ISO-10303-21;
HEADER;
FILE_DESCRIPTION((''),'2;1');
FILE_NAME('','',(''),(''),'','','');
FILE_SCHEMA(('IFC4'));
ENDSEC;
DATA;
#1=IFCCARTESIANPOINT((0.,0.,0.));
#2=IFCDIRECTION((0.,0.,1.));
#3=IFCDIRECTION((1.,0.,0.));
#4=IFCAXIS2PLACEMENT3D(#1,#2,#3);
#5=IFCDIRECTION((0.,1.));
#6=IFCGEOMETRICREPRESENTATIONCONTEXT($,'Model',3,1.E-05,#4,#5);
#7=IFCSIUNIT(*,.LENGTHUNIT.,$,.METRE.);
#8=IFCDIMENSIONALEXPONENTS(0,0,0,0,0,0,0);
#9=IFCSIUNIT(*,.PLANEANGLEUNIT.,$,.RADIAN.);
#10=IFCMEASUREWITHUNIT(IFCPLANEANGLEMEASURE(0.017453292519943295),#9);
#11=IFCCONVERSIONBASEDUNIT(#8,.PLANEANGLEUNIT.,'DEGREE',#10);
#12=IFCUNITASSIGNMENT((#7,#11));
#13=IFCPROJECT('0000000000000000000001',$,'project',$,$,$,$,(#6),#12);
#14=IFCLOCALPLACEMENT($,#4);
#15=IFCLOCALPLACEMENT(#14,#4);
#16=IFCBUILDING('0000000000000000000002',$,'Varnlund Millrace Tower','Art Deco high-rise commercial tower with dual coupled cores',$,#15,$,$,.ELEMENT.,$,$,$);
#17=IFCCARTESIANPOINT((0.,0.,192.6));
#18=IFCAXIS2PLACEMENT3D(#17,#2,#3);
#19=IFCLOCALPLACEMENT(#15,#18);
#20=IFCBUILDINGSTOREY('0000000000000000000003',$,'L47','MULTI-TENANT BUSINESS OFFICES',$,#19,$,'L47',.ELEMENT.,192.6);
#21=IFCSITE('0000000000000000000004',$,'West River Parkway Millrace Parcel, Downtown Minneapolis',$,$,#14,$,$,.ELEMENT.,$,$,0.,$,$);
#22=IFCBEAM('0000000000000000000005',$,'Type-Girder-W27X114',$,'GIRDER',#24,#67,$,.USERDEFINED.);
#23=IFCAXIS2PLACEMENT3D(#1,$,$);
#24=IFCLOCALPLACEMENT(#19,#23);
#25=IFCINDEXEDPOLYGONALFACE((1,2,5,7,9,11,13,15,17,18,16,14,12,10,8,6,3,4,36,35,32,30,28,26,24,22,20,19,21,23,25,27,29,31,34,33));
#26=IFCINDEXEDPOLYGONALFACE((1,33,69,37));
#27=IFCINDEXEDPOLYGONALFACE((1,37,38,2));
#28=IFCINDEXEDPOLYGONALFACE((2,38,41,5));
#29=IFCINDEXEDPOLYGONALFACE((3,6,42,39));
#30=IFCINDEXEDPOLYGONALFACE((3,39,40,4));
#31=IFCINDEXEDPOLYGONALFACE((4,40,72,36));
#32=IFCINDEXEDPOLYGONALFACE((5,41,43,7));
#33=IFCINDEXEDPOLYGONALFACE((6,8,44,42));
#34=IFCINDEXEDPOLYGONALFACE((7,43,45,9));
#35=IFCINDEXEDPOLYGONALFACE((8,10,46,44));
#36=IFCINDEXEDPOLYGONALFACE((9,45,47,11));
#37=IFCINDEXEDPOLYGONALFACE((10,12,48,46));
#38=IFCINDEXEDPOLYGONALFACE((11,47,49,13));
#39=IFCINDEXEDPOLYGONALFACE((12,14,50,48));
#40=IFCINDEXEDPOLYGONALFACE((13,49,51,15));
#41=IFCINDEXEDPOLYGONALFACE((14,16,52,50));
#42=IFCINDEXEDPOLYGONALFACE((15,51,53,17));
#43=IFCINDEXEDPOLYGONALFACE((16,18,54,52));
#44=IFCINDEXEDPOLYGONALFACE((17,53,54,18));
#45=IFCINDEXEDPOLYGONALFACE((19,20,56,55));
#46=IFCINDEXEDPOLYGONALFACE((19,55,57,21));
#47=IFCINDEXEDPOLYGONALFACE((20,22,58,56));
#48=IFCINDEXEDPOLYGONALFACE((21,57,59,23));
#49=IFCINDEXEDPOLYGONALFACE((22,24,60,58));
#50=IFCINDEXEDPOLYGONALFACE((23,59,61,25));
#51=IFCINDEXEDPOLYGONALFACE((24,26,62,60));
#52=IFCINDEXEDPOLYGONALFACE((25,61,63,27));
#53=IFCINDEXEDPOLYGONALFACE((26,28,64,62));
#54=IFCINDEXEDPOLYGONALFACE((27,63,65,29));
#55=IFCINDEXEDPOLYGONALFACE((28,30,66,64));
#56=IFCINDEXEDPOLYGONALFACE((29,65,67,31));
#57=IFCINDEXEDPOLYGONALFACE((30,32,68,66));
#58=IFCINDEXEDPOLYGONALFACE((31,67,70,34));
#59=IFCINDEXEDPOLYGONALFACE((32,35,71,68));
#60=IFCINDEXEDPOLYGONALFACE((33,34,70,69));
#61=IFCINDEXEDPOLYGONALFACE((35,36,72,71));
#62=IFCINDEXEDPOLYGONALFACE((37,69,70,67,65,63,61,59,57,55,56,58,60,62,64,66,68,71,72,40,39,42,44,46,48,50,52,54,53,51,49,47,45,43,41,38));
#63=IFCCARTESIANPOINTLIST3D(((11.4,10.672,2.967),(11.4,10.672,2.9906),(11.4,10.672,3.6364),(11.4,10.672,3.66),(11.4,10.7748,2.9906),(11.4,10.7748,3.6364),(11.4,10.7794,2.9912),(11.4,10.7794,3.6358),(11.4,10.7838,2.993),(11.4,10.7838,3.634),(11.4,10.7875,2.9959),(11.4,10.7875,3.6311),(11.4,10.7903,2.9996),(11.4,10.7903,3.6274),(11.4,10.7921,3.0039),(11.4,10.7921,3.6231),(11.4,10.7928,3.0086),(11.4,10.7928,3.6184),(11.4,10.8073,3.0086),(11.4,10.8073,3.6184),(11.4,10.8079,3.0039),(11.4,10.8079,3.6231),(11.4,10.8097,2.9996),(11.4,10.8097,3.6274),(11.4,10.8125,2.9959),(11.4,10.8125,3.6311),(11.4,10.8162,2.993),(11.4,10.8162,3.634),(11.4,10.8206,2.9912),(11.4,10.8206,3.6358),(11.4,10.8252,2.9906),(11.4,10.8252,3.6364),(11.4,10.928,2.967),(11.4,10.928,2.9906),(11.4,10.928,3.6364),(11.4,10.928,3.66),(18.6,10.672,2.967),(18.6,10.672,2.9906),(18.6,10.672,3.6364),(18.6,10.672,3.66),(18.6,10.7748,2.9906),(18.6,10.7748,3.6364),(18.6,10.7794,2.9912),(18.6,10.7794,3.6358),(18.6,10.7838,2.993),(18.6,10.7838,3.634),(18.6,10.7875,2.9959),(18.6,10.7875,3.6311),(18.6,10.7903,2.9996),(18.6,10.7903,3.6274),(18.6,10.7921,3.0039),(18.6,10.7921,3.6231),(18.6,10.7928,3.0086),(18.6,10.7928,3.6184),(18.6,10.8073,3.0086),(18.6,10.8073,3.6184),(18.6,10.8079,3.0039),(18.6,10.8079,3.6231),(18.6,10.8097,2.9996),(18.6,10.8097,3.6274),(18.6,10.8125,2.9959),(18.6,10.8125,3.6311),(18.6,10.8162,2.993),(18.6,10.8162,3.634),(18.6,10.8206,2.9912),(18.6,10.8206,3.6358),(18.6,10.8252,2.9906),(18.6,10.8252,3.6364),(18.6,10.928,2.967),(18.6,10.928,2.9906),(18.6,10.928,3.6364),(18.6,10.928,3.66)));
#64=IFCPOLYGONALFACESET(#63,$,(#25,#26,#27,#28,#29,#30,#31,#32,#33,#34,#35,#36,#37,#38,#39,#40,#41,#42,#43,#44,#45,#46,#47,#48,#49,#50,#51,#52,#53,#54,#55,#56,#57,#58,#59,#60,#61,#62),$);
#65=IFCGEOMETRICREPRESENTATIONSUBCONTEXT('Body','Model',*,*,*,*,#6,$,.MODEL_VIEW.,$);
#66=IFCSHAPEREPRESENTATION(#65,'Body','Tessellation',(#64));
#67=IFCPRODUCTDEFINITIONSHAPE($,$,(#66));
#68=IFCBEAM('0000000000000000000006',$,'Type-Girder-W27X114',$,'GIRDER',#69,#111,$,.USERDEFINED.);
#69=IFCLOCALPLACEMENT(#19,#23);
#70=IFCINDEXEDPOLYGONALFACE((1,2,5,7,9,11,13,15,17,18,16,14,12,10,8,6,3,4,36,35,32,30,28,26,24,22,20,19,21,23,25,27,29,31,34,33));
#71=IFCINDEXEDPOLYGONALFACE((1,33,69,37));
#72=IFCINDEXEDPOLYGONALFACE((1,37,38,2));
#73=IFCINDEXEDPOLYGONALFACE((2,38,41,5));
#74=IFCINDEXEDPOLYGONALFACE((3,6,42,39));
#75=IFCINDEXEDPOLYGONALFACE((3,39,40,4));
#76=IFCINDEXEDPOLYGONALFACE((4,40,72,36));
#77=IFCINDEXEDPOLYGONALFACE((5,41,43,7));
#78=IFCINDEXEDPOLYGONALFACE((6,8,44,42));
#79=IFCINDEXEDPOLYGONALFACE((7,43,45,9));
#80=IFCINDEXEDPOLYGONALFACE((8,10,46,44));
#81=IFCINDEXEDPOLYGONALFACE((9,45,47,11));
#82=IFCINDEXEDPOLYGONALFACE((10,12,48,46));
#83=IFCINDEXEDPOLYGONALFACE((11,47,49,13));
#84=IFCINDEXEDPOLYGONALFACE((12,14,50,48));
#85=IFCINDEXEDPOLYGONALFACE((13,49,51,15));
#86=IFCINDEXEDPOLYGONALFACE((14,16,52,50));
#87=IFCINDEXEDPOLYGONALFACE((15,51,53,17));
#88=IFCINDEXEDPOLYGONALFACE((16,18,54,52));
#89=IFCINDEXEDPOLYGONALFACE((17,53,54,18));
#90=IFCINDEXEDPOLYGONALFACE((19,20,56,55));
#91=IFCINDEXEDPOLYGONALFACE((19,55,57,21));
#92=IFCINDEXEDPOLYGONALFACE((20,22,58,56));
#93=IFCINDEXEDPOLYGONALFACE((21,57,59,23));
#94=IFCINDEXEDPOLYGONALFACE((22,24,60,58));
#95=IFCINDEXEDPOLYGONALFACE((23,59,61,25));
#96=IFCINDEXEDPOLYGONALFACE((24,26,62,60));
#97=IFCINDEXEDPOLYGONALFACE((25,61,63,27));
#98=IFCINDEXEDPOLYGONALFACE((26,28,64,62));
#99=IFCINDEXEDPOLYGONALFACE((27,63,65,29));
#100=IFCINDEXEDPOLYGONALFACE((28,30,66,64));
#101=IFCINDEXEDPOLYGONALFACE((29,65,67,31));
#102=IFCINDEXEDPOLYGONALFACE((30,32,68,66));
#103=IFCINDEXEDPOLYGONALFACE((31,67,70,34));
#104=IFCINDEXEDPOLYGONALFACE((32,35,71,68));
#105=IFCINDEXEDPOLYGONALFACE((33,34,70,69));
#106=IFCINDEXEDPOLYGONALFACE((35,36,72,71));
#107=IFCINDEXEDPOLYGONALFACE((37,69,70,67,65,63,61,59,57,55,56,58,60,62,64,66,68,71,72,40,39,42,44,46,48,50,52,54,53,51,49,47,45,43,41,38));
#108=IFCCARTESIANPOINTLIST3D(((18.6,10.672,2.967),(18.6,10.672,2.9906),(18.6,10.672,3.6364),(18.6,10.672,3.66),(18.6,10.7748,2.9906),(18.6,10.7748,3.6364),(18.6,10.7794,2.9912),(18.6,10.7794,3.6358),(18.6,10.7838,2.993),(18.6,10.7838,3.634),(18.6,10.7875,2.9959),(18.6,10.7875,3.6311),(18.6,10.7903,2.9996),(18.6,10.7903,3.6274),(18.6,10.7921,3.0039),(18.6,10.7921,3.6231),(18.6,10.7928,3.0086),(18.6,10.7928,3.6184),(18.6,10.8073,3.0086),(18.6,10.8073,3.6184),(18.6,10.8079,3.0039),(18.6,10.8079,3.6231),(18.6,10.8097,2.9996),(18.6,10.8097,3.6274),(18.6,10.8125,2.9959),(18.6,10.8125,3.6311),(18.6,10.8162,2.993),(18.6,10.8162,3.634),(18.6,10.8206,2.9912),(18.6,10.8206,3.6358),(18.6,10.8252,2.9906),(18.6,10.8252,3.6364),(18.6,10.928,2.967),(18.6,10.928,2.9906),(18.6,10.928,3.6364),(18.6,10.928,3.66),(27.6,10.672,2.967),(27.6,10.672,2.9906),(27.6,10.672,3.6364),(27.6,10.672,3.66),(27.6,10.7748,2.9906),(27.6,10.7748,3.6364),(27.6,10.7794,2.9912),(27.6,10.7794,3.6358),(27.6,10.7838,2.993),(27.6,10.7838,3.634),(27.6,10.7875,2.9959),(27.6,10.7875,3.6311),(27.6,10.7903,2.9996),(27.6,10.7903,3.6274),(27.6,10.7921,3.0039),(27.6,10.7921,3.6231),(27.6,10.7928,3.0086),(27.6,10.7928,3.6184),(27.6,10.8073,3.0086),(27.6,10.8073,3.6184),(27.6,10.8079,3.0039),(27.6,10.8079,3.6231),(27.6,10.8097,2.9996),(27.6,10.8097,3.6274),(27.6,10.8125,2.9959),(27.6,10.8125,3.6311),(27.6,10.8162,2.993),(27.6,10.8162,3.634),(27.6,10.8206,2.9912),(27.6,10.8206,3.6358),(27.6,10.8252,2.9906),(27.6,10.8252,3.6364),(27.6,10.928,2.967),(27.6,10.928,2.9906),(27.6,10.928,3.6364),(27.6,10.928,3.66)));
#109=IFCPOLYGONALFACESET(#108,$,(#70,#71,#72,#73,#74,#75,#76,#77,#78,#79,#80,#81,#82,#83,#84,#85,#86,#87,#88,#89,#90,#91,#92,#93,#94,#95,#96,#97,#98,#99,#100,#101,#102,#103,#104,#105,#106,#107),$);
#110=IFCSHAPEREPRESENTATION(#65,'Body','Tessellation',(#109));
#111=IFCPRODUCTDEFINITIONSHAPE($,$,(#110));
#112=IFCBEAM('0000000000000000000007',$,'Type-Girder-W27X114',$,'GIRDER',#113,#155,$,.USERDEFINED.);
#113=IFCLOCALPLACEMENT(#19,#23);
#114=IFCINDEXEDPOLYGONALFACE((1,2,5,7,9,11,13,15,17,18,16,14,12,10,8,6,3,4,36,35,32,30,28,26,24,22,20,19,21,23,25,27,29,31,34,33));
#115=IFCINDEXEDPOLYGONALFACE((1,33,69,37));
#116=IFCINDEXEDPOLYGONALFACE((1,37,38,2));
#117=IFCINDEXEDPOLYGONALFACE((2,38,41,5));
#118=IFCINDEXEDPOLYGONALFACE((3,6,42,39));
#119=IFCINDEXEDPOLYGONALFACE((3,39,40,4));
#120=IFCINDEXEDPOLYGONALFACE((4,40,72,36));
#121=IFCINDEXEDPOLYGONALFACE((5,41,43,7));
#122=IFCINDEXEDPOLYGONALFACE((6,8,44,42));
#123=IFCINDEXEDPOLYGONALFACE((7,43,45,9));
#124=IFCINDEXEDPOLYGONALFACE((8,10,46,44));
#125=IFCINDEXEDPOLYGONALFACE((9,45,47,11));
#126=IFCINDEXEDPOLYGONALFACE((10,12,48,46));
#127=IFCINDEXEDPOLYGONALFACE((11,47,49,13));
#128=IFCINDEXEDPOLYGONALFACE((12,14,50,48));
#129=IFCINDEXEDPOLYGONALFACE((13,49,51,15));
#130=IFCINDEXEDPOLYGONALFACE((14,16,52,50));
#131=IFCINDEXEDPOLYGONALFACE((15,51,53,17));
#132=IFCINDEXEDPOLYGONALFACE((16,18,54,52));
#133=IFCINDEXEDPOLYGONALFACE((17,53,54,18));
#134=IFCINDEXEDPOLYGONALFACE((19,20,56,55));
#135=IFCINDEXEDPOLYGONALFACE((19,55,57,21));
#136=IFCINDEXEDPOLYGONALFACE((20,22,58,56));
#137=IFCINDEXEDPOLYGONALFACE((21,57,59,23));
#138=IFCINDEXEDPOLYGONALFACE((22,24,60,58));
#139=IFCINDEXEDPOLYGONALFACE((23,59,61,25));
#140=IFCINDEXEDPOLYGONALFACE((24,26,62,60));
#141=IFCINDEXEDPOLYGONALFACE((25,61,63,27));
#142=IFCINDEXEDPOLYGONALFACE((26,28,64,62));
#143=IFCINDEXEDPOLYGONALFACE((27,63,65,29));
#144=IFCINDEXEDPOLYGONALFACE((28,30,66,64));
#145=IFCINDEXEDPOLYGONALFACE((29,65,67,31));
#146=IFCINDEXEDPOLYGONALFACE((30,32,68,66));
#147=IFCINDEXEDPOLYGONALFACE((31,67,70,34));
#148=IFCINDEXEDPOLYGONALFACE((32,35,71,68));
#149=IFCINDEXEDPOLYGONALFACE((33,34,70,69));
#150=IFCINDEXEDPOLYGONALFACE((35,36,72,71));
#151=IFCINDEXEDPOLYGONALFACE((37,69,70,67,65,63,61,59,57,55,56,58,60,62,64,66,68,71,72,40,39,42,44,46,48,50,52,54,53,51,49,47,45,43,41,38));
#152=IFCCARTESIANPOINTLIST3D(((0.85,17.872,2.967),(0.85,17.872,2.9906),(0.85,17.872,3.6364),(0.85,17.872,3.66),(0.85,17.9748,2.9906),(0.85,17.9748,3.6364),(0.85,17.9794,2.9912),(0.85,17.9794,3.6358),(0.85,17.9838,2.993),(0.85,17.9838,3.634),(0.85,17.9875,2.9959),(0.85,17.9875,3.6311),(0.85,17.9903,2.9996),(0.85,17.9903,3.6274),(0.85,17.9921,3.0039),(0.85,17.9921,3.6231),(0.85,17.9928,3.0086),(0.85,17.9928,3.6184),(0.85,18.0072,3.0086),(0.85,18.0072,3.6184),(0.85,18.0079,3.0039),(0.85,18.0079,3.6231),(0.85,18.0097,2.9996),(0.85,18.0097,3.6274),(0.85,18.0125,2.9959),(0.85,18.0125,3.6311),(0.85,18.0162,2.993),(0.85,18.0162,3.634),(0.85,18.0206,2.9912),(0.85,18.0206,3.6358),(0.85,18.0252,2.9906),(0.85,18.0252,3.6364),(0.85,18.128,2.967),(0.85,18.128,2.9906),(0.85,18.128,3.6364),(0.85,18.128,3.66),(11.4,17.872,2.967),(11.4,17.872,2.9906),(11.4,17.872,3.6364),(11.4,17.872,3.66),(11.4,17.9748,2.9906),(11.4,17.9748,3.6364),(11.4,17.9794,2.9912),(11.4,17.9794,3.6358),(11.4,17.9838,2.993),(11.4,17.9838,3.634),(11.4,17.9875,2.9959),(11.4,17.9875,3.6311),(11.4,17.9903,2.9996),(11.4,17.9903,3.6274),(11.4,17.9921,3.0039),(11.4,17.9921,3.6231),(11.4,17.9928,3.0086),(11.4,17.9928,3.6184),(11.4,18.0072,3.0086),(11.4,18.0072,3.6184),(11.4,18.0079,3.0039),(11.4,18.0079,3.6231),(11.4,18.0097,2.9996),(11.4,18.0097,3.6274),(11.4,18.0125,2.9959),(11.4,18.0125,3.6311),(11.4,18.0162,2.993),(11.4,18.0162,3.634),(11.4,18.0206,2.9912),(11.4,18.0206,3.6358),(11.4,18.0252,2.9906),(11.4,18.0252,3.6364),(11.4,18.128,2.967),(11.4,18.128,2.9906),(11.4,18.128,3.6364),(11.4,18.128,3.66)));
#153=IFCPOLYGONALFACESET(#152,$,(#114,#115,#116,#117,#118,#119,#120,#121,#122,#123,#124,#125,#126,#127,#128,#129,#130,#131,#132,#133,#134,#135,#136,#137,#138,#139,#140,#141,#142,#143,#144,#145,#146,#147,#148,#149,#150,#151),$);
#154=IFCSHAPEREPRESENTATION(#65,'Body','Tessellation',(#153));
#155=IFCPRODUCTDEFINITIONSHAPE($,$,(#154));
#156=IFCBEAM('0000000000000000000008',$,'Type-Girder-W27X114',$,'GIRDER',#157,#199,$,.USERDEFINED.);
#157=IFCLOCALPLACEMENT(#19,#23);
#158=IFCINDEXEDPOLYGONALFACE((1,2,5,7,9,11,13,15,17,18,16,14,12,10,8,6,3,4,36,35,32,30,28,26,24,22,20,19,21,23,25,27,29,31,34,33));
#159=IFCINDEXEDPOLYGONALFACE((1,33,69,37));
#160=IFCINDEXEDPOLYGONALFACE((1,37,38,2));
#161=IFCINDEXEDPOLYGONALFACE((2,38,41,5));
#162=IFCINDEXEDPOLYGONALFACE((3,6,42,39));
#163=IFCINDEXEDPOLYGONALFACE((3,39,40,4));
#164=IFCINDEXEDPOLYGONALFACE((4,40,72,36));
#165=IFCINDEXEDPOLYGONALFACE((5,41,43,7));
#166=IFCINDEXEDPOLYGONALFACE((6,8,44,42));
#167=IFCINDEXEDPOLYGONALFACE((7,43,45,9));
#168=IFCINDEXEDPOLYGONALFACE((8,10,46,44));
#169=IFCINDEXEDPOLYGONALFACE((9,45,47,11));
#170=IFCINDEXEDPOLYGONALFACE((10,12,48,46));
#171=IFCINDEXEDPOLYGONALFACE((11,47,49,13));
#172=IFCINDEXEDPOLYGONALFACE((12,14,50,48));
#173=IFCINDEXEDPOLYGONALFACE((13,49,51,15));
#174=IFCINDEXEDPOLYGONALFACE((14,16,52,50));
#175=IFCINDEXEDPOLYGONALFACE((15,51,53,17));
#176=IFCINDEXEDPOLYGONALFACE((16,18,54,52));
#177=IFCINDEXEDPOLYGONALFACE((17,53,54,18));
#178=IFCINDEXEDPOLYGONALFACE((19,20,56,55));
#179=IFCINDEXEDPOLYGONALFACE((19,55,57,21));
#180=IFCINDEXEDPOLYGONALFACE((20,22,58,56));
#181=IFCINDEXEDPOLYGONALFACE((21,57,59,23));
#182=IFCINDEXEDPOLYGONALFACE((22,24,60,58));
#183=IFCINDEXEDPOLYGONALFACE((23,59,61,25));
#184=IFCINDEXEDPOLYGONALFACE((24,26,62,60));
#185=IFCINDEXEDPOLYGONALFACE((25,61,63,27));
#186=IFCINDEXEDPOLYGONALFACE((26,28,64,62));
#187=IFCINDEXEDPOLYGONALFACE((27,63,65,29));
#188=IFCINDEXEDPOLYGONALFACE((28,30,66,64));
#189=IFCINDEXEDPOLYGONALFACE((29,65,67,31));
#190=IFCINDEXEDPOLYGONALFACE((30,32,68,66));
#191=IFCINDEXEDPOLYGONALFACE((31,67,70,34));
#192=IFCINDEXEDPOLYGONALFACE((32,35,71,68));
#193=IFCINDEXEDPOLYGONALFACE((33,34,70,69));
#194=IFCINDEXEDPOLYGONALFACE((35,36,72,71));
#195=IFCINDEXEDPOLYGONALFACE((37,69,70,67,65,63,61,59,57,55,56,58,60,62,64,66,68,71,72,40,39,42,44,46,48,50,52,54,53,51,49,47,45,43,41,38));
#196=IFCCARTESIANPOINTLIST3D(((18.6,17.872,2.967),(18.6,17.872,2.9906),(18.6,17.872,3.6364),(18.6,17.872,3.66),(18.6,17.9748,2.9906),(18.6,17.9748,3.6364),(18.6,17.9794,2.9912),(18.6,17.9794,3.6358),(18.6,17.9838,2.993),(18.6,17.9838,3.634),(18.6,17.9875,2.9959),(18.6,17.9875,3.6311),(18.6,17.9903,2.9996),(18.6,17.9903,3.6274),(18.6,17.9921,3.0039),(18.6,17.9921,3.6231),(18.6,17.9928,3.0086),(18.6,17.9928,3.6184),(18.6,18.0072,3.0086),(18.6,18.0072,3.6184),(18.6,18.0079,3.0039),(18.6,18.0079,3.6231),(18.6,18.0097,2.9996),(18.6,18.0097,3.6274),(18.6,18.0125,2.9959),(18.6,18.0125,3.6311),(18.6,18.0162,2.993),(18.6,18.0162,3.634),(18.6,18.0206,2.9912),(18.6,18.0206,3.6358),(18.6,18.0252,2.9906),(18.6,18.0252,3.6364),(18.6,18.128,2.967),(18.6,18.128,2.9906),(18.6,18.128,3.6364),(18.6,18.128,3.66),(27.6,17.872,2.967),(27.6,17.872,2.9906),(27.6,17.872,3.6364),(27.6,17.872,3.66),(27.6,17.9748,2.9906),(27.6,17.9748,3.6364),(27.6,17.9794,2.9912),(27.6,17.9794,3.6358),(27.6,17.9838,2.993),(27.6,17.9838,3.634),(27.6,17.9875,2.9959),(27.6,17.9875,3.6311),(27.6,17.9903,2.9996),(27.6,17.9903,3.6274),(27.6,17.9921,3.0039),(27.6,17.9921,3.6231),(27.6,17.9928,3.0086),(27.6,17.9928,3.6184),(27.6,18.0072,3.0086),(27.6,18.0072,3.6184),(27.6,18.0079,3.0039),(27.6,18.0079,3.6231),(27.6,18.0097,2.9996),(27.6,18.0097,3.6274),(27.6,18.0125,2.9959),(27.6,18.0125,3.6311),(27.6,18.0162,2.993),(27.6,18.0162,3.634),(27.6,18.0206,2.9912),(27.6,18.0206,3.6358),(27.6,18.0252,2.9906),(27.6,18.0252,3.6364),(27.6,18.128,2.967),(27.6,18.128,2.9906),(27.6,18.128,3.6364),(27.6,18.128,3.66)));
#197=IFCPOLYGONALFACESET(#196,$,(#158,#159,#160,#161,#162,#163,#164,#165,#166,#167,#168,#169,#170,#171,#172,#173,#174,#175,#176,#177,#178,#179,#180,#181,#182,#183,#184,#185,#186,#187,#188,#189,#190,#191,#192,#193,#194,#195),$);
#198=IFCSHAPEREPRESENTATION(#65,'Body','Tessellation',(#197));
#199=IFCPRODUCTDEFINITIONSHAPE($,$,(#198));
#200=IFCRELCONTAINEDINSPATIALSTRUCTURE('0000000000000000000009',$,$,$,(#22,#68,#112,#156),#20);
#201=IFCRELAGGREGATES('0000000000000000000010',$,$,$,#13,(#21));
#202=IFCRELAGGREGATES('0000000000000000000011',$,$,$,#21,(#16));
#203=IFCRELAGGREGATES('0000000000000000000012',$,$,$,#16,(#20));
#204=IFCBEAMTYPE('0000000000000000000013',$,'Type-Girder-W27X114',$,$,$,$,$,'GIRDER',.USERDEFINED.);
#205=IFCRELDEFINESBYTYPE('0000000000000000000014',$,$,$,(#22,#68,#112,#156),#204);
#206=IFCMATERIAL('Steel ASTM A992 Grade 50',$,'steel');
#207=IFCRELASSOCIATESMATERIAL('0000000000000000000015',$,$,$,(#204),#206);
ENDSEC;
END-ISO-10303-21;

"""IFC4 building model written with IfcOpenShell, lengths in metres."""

from ifc_helpers import new_model, entity, si_unit, converted_unit, direction, frame, origin_with_axes, origin_2d_with_axis, place, context, subcontext, project, spatial, i_section, extrude, material, material_profile, profile_set, type_object, element, save


model = new_model("IFC4")

# Units and contexts
model_context = context("Model", 3, precision=1e-05, world=origin_with_axes(), true_north=direction((0.0, 1.0)))
body_context = subcontext(model_context, "Body", "Model", "MODEL_VIEW")
ifc_project = project(units=[si_unit("LENGTHUNIT", "METRE"), converted_unit("PLANEANGLEUNIT", "DEGREE", entity("IfcPlaneAngleMeasure", 0.017453292519943295), si_unit("PLANEANGLEUNIT", "RADIAN"), dimensions=[0, 0, 0, 0, 0, 0, 0])], contexts=[model_context])

# Site, building, storey
site_placement = place(None, origin_with_axes())
site = spatial("IfcSite", under=ifc_project, at=site_placement, Name="West River Parkway Millrace Parcel, Downtown Minneapolis", CompositionType="ELEMENT", RefElevation=0.0)
building_placement = place(site_placement, origin_with_axes())
building = spatial("IfcBuilding", under=site, at=building_placement, Name="Varnlund Millrace Tower", Description="Art Deco high-rise commercial tower with dual coupled cores", CompositionType="ELEMENT")
storey_placement = place(building_placement, frame((0.0, 0.0, 192.6), z_axis=(0.0, 0.0, 1.0), x_axis=(1.0, 0.0, 0.0)))
storey = spatial("IfcBuildingStorey", under=building, at=storey_placement, Name="L47", Description="MULTI-TENANT BUSINESS OFFICES", LongName="L47", CompositionType="ELEMENT", Elevation=192.6)

# Beams
ifc_material_1 = material(Name="Steel ASTM A992 Grade 50", Category="steel")
ifc_material_profile_1 = material_profile(ifc_material_1, i_section(OverallWidth=0.256, OverallDepth=0.693, WebThickness=0.0145, FlangeThickness=0.0236, FilletRadius=0.018, at=origin_2d_with_axis()), Name="Steel ASTM A992 Grade 50")
ifc_profile_set_1 = profile_set([ifc_material_profile_1], Name="Steel ASTM A992 Grade 50")
beam_type_1 = type_object("IfcBeamType", Name="Type-Girder-W27X114", ElementType="GIRDER", PredefinedType="USERDEFINED", material=ifc_profile_set_1)
beam_1_placement = place(storey_placement, frame((11.4, 10.8, 3.3135), z_axis=(1.0, 0.0, 0.0), x_axis=(0.0, 1.0, 0.0)))
element("IfcBeam", 1, at=beam_1_placement, inside=storey, type_object=beam_type_1, Name="Type-Girder-W27X114", ObjectType="GIRDER", PredefinedType="USERDEFINED", context=body_context, shape_type="SweptSolid", body=[
    extrude(i_section(OverallWidth=0.256, OverallDepth=0.693, WebThickness=0.0145, FlangeThickness=0.0236, FilletRadius=0.018, at=origin_2d_with_axis()), origin_with_axes(), (0.0, 0.0, 1.0), 7.2),
])
beam_2_placement = place(storey_placement, frame((18.6, 10.8, 3.3135), z_axis=(1.0, 0.0, 0.0), x_axis=(0.0, 1.0, 0.0)))
element("IfcBeam", 2, at=beam_2_placement, inside=storey, type_object=beam_type_1, Name="Type-Girder-W27X114", ObjectType="GIRDER", PredefinedType="USERDEFINED", context=body_context, shape_type="SweptSolid", body=[
    extrude(i_section(OverallWidth=0.256, OverallDepth=0.693, WebThickness=0.0145, FlangeThickness=0.0236, FilletRadius=0.018, at=origin_2d_with_axis()), origin_with_axes(), (0.0, 0.0, 1.0), 9.0),
])
beam_3_placement = place(storey_placement, frame((0.85, 18.0, 3.3135), z_axis=(1.0, 0.0, 0.0), x_axis=(0.0, 1.0, 0.0)))
element("IfcBeam", 3, at=beam_3_placement, inside=storey, type_object=beam_type_1, Name="Type-Girder-W27X114", ObjectType="GIRDER", PredefinedType="USERDEFINED", context=body_context, shape_type="SweptSolid", body=[
    extrude(i_section(OverallWidth=0.256, OverallDepth=0.693, WebThickness=0.0145, FlangeThickness=0.0236, FilletRadius=0.018, at=origin_2d_with_axis()), origin_with_axes(), (0.0, 0.0, 1.0), 10.55),
])
beam_4_placement = place(storey_placement, frame((18.6, 18.0, 3.3135), z_axis=(1.0, 0.0, 0.0), x_axis=(0.0, 1.0, 0.0)))
element("IfcBeam", 4, at=beam_4_placement, inside=storey, type_object=beam_type_1, Name="Type-Girder-W27X114", ObjectType="GIRDER", PredefinedType="USERDEFINED", context=body_context, shape_type="SweptSolid", body=[
    extrude(i_section(OverallWidth=0.256, OverallDepth=0.693, WebThickness=0.0145, FlangeThickness=0.0236, FilletRadius=0.018, at=origin_2d_with_axis()), origin_with_axes(), (0.0, 0.0, 1.0), 9.0),
])

save(model, "model.ifc")
